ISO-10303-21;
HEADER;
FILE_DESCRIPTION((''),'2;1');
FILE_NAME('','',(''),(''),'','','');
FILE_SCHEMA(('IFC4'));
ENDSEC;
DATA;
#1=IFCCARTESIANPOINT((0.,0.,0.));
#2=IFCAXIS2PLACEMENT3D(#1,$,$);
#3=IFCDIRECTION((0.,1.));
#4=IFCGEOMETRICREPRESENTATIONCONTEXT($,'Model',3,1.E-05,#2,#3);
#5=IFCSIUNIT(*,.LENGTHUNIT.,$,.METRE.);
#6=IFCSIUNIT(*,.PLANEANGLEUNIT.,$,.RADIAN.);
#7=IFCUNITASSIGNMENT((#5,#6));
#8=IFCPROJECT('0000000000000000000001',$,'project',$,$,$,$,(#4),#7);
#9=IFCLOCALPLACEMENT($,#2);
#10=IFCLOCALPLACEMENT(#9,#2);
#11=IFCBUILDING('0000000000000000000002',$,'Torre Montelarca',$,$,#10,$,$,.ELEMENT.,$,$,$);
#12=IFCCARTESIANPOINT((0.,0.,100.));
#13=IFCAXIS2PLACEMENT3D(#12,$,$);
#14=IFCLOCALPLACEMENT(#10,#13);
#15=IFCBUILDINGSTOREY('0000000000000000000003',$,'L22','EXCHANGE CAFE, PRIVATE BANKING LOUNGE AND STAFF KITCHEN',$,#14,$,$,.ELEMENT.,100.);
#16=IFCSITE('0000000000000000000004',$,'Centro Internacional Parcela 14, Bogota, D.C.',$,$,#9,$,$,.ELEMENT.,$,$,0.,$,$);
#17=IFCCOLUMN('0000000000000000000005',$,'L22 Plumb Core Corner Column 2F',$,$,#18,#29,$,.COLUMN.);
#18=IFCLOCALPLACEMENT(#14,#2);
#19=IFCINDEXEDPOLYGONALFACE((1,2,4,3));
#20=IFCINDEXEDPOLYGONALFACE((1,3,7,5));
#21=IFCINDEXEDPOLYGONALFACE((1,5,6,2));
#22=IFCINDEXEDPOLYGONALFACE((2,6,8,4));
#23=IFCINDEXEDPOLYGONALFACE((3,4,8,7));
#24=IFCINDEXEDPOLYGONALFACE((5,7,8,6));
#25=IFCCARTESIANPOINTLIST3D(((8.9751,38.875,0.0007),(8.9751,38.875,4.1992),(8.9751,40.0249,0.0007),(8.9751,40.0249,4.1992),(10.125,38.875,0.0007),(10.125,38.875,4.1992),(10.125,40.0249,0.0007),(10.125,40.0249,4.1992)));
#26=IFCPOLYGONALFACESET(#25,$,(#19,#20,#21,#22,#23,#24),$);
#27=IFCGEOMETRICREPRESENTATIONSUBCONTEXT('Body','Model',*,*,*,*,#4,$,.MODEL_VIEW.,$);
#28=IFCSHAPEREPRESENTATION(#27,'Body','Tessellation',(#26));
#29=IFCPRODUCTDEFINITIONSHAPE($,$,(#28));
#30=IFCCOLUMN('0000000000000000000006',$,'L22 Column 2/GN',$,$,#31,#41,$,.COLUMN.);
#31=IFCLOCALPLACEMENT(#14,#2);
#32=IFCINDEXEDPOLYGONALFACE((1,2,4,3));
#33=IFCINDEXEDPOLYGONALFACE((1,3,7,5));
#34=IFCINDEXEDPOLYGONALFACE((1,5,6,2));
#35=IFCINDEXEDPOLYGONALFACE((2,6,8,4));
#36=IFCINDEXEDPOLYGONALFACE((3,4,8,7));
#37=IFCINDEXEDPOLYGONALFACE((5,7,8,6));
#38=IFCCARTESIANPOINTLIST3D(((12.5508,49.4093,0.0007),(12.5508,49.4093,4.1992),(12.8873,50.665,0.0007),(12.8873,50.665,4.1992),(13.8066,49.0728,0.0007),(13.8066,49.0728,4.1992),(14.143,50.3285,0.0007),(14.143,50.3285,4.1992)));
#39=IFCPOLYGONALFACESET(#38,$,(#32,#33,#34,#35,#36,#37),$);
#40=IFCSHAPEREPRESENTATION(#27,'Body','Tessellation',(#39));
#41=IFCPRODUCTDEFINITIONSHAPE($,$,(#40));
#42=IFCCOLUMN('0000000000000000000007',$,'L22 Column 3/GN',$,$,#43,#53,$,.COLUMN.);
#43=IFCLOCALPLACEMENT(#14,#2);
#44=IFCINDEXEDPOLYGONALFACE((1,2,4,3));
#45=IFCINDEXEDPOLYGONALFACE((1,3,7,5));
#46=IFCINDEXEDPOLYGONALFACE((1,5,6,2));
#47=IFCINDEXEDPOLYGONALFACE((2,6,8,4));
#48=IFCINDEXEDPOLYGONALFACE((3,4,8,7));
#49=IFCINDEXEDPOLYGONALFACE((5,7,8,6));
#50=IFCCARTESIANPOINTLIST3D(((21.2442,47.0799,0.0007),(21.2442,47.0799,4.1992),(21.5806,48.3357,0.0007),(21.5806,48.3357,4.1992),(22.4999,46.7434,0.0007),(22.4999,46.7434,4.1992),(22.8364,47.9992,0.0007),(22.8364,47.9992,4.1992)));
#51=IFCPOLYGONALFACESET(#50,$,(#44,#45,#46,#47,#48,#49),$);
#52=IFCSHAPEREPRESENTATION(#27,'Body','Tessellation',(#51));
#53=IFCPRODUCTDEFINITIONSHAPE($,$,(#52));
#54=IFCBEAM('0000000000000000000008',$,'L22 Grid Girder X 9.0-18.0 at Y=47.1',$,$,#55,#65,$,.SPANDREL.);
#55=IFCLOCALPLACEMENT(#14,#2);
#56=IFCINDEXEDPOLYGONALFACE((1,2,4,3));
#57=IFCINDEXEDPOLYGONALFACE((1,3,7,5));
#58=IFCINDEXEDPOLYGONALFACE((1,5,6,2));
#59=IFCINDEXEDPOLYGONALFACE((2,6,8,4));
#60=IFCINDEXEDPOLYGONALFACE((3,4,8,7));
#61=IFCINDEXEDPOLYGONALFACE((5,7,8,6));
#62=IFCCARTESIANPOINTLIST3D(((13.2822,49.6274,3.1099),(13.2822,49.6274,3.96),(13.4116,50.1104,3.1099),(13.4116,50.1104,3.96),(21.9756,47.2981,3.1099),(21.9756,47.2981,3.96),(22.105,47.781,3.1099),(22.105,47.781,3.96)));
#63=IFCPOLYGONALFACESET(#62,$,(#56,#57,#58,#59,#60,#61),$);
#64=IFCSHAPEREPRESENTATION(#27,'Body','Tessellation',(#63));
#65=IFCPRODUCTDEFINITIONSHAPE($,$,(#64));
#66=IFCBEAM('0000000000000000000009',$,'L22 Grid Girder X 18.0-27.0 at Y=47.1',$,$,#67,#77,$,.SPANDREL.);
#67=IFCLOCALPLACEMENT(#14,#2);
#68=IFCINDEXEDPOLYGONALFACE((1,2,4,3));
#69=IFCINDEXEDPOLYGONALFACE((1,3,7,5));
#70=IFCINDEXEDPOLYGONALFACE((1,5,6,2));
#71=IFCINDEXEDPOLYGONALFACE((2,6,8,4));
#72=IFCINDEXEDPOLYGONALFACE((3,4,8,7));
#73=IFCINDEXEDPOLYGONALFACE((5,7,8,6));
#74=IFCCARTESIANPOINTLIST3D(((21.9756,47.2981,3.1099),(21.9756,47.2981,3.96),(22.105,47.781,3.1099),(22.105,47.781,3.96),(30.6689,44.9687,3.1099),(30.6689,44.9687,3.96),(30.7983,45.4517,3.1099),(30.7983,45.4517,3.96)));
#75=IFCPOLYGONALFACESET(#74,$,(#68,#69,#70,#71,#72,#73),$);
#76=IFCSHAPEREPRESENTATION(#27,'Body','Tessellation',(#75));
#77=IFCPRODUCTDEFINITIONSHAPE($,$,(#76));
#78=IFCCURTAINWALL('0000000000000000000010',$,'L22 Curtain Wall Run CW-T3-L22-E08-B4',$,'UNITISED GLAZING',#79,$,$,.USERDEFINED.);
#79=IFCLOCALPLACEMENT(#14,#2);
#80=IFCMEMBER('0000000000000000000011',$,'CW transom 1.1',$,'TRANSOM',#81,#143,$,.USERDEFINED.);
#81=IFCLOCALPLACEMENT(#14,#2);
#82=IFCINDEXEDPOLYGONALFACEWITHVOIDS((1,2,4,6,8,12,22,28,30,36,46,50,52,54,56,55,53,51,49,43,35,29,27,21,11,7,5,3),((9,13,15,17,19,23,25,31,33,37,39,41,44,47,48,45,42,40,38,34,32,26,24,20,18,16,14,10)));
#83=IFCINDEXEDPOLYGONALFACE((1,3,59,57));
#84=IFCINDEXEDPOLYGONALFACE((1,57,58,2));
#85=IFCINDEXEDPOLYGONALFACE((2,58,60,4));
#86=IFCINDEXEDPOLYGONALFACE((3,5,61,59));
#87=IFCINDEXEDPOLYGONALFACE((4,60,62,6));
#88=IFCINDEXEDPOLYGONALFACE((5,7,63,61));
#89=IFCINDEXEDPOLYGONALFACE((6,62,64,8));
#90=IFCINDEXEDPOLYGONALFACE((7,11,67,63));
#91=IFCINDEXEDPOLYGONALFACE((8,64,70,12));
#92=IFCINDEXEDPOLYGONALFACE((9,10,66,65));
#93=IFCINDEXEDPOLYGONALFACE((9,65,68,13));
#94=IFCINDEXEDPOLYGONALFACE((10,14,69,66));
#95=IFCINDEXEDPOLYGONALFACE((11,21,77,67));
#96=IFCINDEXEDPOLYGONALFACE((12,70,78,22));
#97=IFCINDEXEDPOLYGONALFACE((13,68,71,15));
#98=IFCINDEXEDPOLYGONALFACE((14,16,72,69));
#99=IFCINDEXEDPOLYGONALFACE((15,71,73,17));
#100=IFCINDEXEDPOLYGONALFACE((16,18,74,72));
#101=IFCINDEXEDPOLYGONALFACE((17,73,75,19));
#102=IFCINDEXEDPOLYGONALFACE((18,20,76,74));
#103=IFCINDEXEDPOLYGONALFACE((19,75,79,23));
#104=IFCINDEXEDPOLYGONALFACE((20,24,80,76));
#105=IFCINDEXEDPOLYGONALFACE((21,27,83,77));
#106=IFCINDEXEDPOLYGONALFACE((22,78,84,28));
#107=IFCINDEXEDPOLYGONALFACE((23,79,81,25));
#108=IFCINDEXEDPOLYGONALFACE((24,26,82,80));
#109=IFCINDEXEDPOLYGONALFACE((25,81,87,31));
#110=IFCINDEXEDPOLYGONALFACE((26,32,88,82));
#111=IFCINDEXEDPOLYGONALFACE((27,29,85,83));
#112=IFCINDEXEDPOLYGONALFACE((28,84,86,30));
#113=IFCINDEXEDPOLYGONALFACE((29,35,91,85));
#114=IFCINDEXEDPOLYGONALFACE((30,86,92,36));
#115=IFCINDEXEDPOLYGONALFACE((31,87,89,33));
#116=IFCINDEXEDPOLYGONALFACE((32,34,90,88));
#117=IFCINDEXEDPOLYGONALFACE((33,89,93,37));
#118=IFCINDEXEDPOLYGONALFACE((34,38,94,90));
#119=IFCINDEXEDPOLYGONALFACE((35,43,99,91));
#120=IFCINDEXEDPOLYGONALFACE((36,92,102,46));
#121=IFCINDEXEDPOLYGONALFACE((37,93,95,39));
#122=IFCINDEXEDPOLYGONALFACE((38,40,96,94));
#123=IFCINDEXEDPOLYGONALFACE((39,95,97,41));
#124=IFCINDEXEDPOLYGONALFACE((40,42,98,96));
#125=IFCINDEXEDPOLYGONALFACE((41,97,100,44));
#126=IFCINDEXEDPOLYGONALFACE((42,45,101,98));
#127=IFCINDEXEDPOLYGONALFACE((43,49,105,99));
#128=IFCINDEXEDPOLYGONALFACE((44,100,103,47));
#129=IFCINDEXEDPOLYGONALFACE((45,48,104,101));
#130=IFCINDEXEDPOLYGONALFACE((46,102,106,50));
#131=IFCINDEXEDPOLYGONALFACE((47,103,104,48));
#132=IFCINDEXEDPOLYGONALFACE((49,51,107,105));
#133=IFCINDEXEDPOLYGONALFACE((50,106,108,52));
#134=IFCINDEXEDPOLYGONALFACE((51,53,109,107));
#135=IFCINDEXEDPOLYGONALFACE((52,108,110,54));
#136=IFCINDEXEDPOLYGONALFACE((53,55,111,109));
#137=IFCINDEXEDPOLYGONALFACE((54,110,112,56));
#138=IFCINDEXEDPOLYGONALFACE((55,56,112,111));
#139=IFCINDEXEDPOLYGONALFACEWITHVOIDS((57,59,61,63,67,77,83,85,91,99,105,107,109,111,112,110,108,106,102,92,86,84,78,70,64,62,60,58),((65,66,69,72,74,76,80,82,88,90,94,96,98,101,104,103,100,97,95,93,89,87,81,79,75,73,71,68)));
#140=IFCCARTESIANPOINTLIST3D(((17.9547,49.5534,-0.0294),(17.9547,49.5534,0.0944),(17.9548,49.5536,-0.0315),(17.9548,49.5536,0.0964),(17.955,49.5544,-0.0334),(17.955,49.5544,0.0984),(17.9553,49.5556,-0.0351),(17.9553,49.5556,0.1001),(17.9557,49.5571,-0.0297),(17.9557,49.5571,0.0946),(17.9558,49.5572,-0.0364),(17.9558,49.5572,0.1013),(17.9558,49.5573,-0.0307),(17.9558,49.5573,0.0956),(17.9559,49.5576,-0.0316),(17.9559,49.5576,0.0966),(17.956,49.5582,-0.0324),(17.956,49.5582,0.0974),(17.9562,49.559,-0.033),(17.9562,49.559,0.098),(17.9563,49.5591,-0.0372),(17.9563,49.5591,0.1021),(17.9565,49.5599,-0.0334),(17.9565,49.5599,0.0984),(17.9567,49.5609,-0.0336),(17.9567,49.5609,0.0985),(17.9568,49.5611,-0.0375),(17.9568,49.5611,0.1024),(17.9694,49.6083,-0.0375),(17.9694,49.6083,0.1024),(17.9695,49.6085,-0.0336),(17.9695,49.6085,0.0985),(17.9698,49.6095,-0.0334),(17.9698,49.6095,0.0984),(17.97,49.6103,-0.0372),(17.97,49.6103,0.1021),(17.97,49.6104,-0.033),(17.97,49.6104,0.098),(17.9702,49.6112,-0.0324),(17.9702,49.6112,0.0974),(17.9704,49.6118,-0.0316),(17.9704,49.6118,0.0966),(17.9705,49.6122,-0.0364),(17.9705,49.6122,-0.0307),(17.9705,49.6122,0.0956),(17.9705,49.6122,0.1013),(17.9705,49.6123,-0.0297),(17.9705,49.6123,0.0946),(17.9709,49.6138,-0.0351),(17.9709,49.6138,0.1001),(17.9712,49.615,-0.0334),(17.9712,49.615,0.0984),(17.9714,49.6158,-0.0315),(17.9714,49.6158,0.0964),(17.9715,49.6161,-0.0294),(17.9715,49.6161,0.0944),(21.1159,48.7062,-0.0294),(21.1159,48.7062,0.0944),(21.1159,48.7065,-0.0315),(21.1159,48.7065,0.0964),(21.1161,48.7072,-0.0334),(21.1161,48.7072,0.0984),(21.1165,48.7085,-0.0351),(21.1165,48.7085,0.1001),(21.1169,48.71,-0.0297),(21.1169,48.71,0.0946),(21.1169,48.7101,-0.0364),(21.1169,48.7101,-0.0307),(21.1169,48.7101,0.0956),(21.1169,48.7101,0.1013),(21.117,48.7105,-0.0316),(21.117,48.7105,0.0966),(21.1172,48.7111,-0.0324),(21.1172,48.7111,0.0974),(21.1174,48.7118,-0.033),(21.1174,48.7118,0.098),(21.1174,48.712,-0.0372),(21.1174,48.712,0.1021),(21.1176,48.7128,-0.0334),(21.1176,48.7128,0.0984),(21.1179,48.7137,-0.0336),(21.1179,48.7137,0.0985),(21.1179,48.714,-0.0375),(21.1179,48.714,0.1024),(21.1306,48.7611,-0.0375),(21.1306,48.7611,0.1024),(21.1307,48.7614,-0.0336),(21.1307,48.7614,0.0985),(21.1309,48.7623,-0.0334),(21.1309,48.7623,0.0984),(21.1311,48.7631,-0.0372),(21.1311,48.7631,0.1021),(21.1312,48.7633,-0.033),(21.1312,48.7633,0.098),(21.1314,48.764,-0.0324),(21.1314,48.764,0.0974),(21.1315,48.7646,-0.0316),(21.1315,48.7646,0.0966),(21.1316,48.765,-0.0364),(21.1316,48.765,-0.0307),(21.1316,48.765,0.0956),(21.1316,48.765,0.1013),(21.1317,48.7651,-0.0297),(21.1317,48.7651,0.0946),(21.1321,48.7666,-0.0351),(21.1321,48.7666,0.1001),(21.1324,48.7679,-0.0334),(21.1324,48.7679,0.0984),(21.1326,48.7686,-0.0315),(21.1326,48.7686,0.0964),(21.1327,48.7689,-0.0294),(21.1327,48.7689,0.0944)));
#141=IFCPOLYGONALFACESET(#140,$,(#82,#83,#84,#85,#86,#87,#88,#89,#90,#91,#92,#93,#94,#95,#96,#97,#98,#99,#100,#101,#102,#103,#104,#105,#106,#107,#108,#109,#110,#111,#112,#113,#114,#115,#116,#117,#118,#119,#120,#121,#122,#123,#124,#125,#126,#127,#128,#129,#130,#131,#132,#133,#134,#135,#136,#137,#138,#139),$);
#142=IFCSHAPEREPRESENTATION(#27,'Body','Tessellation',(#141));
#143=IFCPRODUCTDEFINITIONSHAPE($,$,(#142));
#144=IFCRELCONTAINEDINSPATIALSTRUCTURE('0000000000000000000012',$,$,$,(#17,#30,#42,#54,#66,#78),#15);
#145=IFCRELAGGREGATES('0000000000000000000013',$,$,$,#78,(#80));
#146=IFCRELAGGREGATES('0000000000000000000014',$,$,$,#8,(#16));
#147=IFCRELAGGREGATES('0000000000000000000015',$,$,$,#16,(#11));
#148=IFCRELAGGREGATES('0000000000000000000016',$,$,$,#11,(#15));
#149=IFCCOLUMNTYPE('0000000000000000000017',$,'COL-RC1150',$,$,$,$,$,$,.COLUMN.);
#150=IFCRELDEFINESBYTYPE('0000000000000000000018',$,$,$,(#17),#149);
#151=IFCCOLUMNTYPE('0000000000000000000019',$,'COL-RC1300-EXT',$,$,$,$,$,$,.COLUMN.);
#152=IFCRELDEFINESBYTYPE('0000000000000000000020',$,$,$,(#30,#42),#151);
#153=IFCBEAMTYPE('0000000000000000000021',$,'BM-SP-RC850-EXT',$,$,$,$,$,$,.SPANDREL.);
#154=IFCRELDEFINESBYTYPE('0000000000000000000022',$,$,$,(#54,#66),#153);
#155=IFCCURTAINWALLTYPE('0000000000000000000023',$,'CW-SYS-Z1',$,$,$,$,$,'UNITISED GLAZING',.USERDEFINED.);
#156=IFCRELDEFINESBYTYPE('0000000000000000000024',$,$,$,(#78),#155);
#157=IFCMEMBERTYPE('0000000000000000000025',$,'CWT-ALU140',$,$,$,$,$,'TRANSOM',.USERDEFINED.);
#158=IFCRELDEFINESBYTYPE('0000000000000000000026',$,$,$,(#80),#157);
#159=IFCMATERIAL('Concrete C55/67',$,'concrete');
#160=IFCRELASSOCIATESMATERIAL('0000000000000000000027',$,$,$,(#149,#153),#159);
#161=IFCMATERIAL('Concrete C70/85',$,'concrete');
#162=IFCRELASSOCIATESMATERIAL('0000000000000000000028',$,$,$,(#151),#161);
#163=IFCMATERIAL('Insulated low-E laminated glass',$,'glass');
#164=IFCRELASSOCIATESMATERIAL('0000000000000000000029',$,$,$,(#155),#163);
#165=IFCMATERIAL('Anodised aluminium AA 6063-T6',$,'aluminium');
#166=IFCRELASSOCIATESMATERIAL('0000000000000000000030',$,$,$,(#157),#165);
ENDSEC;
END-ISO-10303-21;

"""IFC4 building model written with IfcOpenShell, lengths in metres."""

from ifc_helpers import new_model, si_unit, direction, frame, origin, origin_2d, place, context, subcontext, project, spatial, rectangle, hollow_rectangle, extrude, source, transform, mapped, material, material_profile, profile_set, type_object, element, aggregate, save


model = new_model("IFC4")

# Units and contexts
model_context = context("Model", 3, precision=1e-05, world=origin(), true_north=direction((0.0, 1.0)))
body_context = subcontext(model_context, "Body", "Model", "MODEL_VIEW")
ifc_project = project(units=[si_unit("LENGTHUNIT", "METRE"), si_unit("PLANEANGLEUNIT", "RADIAN")], contexts=[model_context])

# Site, building, storey
site_placement = place(None, origin())
site = spatial("IfcSite", under=ifc_project, at=site_placement, Name="Centro Internacional Parcela 14, Bogota, D.C.", CompositionType="ELEMENT", RefElevation=0.0)
building_placement = place(site_placement, origin())
building = spatial("IfcBuilding", under=site, at=building_placement, Name="Torre Montelarca", CompositionType="ELEMENT")
storey_placement = place(building_placement, frame((0.0, 0.0, 100.0)))
storey = spatial("IfcBuildingStorey", under=building, at=storey_placement, Name="L22", Description="EXCHANGE CAFE, PRIVATE BANKING LOUNGE AND STAFF KITCHEN", CompositionType="ELEMENT", Elevation=100.0)

# Columns
ifc_material_1 = material(Name="Concrete C55/67", Category="concrete")
ifc_material_profile_1 = material_profile(ifc_material_1, rectangle(XDim=1.1499, YDim=1.1499, at=origin_2d()), Name="RC1150X1150", Category="concrete")
ifc_profile_set_1 = profile_set([ifc_material_profile_1], Name="Concrete C55/67")
column_type_1 = type_object("IfcColumnType", Name="COL-RC1150", PredefinedType="COLUMN", material=ifc_profile_set_1)
shared_shape_1 = source(origin(), body_context, "Body", "SweptSolid", [
    extrude(rectangle(XDim=1.1499, YDim=1.1499, at=origin_2d()), origin(), (0.0, 0.0, 1.0), 4.1985),
])
column_placement = place(storey_placement, frame((9.55, 39.45, 0.0007), z_axis=(0.0, 0.0, 1.0), x_axis=(1.0, 0.0, 0.0)))
element("IfcColumn", 1, at=column_placement, inside=storey, type_object=column_type_1, Name="L22 Plumb Core Corner Column 2F", PredefinedType="COLUMN", context=body_context, shape_type="MappedRepresentation", body=[
    mapped(shared_shape_1, transform((0.0, 0.0, 0.0), scale=1.0)),
])
ifc_material_2 = material(Name="Concrete C70/85", Category="concrete")
ifc_material_profile_2 = material_profile(ifc_material_2, rectangle(XDim=1.3, YDim=1.3, at=origin_2d()), Name="RC1300X1300", Category="concrete")
ifc_profile_set_2 = profile_set([ifc_material_profile_2], Name="Concrete C70/85")
column_type_2 = type_object("IfcColumnType", Name="COL-RC1300-EXT", PredefinedType="COLUMN", material=ifc_profile_set_2)
shared_shape_2 = source(origin(), body_context, "Body", "SweptSolid", [
    extrude(rectangle(XDim=1.3, YDim=1.3, at=origin_2d()), origin(), (0.0, 0.0, 1.0), 4.1985),
])
for number, where, z_axis, x_axis, name in (
    (2, (13.3469, 49.8689, 0.0007), (0.0, 0.0, 1.0), (-0.965926, 0.258819, 0.0), "L22 Column 2/GN"),
    (3, (22.0403, 47.5396, 0.0007), (0.0, 0.0, 1.0), (-0.965926, 0.258819, 0.0), "L22 Column 3/GN"),
):
    element("IfcColumn", number, at=place(storey_placement, frame(where, z_axis=z_axis, x_axis=x_axis)), inside=storey, type_object=column_type_2, Name=name, PredefinedType="COLUMN", context=body_context, shape_type="MappedRepresentation", body=[
        mapped(shared_shape_2, transform((0.0, 0.0, 0.0), scale=1.0)),
    ])

# Beams
ifc_material_profile_3 = material_profile(ifc_material_1, rectangle(XDim=0.5, YDim=0.8501, at=origin_2d()), Name="RCB500X850", Category="concrete")
ifc_profile_set_3 = profile_set([ifc_material_profile_3], Name="Concrete C55/67")
beam_type = type_object("IfcBeamType", Name="BM-SP-RC850-EXT", PredefinedType="SPANDREL", material=ifc_profile_set_3)
shared_shape_3 = source(origin(), body_context, "Body", "SweptSolid", [
    extrude(rectangle(XDim=0.5, YDim=0.8501, at=origin_2d()), origin(), (0.0, 0.0, 1.0), 9.0),
])
for number, where, z_axis, x_axis, name in (
    (4, (13.3469, 49.8689, 3.5349), (0.965927, -0.258816, 0.0), (0.258816, 0.965927, 0.0), "L22 Grid Girder X 9.0-18.0 at Y=47.1"),
    (5, (22.0403, 47.5396, 3.5349), (0.965927, -0.258816, 0.0), (0.258816, 0.965927, 0.0), "L22 Grid Girder X 18.0-27.0 at Y=47.1"),
):
    element("IfcBeam", number, at=place(storey_placement, frame(where, z_axis=z_axis, x_axis=x_axis)), inside=storey, type_object=beam_type, Name=name, PredefinedType="SPANDREL", context=body_context, shape_type="MappedRepresentation", body=[
        mapped(shared_shape_3, transform((0.0, 0.0, 0.0), scale=1.0)),
    ])

# Curtain wall, member
ifc_material_3 = material(Name="Insulated low-E laminated glass", Category="glass")
curtain_wall_type = type_object("IfcCurtainWallType", Name="CW-SYS-Z1", ElementType="UNITISED GLAZING", PredefinedType="USERDEFINED", material=ifc_material_3)
curtain_wall_1_placement = place(storey_placement, origin())
curtain_wall_1 = element("IfcCurtainWall", 6, at=curtain_wall_1_placement, inside=storey, type_object=curtain_wall_type, Name="L22 Curtain Wall Run CW-T3-L22-E08-B4", ObjectType="UNITISED GLAZING", PredefinedType="USERDEFINED")
ifc_material_4 = material(Name="Anodised aluminium AA 6063-T6", Category="aluminium")
ifc_material_profile_4 = material_profile(ifc_material_4, hollow_rectangle(XDim=0.0649, YDim=0.1399, WallThickness=0.0039, InnerFilletRadius=0.0039, OuterFilletRadius=0.0081, at=origin_2d()), Name="ALU65X140X4", Category="aluminium")
ifc_profile_set_4 = profile_set([ifc_material_profile_4], Name="Anodised aluminium AA 6063-T6")
member_type_1 = type_object("IfcMemberType", Name="CWT-ALU140", ElementType="TRANSOM", PredefinedType="USERDEFINED", material=ifc_profile_set_4)
shared_shape_4 = source(origin(), body_context, "Body", "SweptSolid", [
    extrude(hollow_rectangle(XDim=0.0649, YDim=0.1399, WallThickness=0.0039, InnerFilletRadius=0.0039, OuterFilletRadius=0.0081, at=origin_2d()), origin(), (0.0, 0.0, 1.0), 3.2727),
])
member_1_placement = place(storey_placement, frame((21.1243, 48.7375, 0.0325), z_axis=(-0.965915, 0.25886, 0.0), x_axis=(-0.25886, -0.965915, 0.0)))
member_1 = element("IfcMember", 7, at=member_1_placement, type_object=member_type_1, Name="CW transom 1.1", ObjectType="TRANSOM", PredefinedType="USERDEFINED", context=body_context, shape_type="MappedRepresentation", body=[
    mapped(shared_shape_4, transform((0.0, 0.0, 0.0), scale=1.0)),
])

aggregate(curtain_wall_1, [member_1])

save(model, "model.ifc")
